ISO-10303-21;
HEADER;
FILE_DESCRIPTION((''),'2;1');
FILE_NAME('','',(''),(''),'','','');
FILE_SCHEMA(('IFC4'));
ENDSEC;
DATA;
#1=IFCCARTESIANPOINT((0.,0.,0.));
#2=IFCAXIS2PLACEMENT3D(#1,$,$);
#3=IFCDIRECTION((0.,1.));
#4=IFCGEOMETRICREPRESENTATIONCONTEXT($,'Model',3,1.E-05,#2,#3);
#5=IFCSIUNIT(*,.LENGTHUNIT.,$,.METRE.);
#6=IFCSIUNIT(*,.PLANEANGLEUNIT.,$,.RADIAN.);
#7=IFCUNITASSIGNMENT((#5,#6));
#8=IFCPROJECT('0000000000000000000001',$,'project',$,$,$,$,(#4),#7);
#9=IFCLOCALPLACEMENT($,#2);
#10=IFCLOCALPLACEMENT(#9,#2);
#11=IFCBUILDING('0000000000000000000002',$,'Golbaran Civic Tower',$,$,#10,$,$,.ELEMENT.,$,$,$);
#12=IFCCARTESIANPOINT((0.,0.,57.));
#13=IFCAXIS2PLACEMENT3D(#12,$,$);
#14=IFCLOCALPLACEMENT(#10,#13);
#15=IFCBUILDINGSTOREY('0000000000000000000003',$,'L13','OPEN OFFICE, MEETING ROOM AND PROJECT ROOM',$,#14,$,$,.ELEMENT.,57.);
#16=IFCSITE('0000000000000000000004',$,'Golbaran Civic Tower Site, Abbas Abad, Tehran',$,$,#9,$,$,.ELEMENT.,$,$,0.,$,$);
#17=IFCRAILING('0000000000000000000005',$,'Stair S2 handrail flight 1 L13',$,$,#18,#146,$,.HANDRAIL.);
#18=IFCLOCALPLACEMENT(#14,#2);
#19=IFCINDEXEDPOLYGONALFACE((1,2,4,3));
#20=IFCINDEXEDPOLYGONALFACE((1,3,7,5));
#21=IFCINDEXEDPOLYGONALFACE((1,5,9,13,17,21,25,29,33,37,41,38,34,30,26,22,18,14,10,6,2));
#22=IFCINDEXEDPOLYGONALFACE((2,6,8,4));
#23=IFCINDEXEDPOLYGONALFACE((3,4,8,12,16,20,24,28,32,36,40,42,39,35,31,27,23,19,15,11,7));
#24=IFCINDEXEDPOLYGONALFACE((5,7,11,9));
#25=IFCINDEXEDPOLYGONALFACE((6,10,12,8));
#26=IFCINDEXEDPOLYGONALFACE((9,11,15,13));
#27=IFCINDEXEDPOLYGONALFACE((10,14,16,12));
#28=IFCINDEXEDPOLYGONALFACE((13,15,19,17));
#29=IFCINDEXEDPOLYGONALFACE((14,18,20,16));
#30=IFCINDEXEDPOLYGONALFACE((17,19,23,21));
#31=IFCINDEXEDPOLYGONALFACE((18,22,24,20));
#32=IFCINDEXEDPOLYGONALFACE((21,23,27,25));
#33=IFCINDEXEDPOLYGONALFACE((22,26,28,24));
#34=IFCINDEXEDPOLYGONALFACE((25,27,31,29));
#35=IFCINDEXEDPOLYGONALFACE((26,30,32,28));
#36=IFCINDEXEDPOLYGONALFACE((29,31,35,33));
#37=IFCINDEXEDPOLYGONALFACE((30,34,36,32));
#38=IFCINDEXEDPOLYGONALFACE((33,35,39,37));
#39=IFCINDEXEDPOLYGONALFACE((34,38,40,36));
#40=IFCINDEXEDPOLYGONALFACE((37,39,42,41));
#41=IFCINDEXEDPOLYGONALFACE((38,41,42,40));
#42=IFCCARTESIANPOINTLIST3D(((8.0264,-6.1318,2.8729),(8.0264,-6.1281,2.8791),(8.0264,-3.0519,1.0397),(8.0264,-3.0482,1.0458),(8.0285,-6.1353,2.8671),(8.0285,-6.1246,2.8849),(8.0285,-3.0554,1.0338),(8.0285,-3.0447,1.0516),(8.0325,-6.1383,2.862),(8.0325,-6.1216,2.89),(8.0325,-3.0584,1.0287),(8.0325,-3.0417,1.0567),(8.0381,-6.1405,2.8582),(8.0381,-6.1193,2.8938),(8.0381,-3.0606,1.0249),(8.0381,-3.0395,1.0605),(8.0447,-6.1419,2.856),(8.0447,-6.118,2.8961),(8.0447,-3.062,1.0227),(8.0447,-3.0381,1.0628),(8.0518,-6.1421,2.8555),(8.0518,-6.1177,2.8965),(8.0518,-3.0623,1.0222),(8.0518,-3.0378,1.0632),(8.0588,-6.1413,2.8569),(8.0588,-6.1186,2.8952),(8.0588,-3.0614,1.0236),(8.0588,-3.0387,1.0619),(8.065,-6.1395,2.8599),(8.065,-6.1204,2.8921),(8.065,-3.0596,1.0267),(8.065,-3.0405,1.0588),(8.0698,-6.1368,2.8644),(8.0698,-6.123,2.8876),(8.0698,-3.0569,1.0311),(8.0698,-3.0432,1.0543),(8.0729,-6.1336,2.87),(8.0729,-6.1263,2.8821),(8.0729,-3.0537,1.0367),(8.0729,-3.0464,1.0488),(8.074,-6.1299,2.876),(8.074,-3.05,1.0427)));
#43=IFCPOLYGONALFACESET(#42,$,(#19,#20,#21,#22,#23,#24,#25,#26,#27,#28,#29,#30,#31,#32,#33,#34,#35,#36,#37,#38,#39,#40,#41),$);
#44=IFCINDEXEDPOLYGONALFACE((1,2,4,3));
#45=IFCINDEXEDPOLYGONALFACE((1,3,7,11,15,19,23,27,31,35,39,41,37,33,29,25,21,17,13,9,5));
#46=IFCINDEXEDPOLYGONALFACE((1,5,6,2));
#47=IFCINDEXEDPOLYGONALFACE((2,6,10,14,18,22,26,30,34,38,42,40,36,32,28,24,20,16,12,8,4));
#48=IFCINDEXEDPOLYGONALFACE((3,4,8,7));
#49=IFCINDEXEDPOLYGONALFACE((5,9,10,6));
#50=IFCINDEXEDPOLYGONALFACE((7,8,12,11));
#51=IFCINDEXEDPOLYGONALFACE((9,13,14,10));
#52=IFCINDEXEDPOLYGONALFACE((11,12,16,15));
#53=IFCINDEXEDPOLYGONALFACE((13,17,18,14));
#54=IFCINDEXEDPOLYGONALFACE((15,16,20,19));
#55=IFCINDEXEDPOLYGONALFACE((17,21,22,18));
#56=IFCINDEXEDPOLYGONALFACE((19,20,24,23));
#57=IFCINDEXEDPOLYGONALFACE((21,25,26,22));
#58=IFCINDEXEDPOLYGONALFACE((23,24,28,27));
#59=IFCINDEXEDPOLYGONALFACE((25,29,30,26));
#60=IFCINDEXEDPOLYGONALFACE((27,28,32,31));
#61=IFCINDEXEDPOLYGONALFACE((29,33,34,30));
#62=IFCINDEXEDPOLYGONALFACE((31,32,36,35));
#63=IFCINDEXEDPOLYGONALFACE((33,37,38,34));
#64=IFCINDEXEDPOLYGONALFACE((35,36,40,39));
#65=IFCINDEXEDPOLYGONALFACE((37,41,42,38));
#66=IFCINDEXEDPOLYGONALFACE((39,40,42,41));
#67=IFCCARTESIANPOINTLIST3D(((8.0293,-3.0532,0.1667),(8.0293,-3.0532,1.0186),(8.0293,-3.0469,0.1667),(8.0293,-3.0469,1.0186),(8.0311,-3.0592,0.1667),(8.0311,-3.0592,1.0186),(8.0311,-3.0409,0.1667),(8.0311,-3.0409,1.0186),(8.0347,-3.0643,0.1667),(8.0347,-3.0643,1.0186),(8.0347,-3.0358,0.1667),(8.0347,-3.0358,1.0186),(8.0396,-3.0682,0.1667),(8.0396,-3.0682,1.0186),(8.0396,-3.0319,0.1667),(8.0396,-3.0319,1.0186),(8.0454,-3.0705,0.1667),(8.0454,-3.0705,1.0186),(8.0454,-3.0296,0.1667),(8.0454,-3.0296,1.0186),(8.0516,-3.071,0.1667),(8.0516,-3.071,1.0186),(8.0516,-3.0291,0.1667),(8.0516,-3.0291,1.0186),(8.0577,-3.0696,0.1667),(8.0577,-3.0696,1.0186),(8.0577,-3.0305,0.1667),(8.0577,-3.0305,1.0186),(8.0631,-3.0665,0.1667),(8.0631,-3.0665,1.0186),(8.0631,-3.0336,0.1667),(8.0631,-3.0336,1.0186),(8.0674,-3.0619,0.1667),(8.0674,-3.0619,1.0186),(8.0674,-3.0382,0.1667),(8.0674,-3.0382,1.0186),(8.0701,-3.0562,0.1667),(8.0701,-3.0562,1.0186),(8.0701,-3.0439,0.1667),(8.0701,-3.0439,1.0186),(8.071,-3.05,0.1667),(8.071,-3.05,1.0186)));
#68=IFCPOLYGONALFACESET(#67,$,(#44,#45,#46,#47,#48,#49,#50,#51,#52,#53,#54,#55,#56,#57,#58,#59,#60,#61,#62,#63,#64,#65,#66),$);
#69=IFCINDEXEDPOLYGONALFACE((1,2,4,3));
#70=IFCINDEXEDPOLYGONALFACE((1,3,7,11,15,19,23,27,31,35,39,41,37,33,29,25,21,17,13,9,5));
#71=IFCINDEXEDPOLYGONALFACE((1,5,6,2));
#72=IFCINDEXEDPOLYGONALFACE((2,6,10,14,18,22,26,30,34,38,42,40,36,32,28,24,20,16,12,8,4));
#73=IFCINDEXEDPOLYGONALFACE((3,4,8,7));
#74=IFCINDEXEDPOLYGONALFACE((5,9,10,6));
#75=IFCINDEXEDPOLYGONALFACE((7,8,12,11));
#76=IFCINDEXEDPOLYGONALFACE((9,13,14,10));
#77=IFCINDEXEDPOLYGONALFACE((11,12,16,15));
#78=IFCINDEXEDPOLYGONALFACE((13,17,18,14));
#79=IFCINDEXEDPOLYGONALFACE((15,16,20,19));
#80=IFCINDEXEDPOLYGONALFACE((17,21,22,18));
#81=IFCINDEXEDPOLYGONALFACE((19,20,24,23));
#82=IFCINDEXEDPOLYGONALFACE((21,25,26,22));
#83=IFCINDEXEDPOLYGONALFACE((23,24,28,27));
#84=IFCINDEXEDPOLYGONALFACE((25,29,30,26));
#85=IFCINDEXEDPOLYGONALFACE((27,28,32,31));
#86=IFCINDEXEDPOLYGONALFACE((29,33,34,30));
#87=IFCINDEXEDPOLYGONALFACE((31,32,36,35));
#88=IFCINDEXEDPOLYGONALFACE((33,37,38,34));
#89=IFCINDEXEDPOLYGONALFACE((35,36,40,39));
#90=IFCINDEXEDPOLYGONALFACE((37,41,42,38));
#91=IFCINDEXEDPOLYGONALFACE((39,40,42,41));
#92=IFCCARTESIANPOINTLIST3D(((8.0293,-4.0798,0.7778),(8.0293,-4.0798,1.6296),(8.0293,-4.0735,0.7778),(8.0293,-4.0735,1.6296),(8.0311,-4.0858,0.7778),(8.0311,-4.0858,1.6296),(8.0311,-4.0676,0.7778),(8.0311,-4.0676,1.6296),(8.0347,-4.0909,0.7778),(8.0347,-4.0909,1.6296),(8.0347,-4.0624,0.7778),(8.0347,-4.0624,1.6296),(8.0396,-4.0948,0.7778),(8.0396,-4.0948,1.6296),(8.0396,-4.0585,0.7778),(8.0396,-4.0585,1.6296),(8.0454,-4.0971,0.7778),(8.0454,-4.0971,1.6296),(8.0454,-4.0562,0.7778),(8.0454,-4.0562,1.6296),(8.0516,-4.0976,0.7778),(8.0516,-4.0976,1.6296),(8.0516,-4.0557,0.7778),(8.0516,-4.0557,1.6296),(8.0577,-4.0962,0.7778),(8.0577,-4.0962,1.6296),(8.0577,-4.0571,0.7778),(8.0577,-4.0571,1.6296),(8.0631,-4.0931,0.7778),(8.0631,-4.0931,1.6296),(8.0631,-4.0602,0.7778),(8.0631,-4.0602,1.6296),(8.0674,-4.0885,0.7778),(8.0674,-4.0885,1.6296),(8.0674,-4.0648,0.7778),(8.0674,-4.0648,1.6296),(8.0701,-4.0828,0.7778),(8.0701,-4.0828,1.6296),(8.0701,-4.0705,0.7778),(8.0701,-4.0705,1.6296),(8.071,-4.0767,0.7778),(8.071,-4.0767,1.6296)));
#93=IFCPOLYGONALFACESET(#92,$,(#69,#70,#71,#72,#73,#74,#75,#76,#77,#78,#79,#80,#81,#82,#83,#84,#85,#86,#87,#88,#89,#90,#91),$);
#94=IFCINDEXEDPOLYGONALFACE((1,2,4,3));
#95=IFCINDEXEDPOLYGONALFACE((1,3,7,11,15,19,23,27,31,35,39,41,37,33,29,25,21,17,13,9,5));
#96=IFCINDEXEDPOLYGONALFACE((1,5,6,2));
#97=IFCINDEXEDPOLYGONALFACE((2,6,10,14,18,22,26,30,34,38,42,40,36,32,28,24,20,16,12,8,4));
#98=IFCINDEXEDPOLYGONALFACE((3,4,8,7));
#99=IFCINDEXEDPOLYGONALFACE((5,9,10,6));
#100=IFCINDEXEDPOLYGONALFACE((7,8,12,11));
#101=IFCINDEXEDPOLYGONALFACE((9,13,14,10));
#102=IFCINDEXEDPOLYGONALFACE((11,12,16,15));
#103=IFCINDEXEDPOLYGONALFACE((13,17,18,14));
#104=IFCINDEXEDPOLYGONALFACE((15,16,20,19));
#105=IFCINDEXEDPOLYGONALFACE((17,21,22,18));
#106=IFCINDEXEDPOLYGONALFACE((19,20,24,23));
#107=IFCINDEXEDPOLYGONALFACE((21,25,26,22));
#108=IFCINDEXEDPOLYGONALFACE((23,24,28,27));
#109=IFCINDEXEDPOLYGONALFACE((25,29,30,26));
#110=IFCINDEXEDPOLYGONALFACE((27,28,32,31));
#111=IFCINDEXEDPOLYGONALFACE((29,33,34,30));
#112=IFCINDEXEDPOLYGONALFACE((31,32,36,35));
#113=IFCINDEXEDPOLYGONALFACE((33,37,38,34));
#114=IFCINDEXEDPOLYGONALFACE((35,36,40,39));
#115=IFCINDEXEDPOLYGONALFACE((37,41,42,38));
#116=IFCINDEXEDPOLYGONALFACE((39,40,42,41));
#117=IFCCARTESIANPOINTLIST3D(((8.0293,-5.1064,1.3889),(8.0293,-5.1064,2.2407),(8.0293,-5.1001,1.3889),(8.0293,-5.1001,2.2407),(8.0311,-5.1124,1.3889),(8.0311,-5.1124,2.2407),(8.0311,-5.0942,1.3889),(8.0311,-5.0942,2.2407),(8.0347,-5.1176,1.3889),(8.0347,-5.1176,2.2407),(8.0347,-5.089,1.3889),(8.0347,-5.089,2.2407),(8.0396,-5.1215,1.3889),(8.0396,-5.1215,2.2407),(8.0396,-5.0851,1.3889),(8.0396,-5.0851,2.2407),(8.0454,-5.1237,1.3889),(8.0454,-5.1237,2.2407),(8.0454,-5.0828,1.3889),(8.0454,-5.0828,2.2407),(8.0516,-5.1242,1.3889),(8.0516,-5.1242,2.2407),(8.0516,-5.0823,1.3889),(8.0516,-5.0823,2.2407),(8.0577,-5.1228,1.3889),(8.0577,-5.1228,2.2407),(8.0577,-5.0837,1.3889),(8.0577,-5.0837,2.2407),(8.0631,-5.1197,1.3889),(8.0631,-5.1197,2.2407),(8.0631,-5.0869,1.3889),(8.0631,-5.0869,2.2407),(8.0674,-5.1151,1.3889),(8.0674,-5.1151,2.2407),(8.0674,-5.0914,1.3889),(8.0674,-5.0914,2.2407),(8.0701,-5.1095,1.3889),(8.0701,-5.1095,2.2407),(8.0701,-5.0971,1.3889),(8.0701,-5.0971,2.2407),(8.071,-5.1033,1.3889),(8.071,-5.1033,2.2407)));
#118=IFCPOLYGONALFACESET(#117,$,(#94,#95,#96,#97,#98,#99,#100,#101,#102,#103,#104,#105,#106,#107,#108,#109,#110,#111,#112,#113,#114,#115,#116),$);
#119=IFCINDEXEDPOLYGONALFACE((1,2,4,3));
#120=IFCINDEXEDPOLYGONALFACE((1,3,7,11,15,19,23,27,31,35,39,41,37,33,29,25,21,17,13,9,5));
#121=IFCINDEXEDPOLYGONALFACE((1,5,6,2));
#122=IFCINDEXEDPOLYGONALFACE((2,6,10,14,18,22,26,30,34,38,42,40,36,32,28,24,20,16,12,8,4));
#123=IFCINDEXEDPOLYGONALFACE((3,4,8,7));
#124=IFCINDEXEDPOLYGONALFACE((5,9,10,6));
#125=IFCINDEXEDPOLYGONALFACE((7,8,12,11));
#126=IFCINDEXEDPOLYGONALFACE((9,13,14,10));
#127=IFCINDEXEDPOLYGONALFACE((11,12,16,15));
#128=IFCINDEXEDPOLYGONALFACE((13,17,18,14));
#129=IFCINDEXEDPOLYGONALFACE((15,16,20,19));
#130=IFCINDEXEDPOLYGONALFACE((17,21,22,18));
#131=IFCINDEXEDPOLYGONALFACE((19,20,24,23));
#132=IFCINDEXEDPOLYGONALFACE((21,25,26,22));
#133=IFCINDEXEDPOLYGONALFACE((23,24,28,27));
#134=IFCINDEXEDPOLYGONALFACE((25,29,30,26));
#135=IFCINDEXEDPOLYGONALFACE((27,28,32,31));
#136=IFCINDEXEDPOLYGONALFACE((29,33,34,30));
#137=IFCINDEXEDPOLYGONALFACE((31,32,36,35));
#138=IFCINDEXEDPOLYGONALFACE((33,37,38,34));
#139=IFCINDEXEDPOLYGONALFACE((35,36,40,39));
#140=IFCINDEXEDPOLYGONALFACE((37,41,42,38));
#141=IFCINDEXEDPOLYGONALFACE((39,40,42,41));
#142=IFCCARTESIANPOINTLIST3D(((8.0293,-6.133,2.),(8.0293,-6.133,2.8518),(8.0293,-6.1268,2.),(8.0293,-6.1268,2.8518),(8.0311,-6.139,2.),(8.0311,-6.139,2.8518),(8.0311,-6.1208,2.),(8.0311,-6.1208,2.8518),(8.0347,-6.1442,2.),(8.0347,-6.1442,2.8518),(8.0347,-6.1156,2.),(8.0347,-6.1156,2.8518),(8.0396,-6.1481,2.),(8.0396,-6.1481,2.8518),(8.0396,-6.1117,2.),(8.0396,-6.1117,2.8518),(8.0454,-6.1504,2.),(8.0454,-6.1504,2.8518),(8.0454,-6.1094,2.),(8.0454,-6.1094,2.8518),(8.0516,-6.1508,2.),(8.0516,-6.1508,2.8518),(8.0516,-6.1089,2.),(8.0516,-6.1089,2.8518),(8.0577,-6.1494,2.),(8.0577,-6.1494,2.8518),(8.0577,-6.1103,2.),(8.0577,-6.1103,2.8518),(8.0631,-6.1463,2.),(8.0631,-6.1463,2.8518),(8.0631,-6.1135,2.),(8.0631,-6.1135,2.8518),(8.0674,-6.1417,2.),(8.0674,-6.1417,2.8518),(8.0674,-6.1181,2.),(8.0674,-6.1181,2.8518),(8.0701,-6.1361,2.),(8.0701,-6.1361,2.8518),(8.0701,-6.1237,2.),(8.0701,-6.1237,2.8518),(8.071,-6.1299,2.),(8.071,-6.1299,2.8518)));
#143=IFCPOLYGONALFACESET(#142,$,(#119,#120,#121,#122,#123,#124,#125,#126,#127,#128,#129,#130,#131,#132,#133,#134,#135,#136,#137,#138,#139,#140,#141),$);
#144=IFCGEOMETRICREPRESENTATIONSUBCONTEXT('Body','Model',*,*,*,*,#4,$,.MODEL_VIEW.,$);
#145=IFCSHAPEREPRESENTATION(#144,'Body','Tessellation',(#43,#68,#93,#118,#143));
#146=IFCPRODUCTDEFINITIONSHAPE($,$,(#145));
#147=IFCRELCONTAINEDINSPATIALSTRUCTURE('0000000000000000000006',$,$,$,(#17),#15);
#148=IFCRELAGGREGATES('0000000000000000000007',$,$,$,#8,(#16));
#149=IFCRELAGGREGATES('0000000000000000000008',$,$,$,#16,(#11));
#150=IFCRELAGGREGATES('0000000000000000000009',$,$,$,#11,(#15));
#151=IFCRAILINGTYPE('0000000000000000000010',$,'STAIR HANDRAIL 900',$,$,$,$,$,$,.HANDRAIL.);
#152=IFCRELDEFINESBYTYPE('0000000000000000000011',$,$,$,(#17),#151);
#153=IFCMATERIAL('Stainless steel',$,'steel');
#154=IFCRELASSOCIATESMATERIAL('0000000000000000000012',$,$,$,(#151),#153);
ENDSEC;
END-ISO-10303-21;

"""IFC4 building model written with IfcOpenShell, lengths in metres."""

from ifc_helpers import new_model, si_unit, direction, frame, origin, origin_2d, place, context, subcontext, project, spatial, circle, extrude, material, type_object, element, save


model = new_model("IFC4")

# Units and contexts
model_context = context("Model", 3, precision=1e-05, world=origin(), true_north=direction((0.0, 1.0)))
body_context = subcontext(model_context, "Body", "Model", "MODEL_VIEW")
ifc_project = project(units=[si_unit("LENGTHUNIT", "METRE"), si_unit("PLANEANGLEUNIT", "RADIAN")], contexts=[model_context])

# Site, building, storey
site_placement = place(None, origin())
site = spatial("IfcSite", under=ifc_project, at=site_placement, Name="Golbaran Civic Tower Site, Abbas Abad, Tehran", CompositionType="ELEMENT", RefElevation=0.0)
building_placement = place(site_placement, origin())
building = spatial("IfcBuilding", under=site, at=building_placement, Name="Golbaran Civic Tower", CompositionType="ELEMENT")
storey_placement = place(building_placement, frame((0.0, 0.0, 57.0)))
storey = spatial("IfcBuildingStorey", under=building, at=storey_placement, Name="L13", Description="OPEN OFFICE, MEETING ROOM AND PROJECT ROOM", CompositionType="ELEMENT", Elevation=57.0)

# Railing
ifc_material_1 = material(Name="Stainless steel", Category="steel")
railing_type = type_object("IfcRailingType", Name="STAIR HANDRAIL 900", PredefinedType="HANDRAIL", material=ifc_material_1)
railing_1_placement = place(storey_placement, frame((8.05, -3.05, 0.1667)))
element("IfcRailing", 1, at=railing_1_placement, inside=storey, type_object=railing_type, Name="Stair S2 handrail flight 1 L13", PredefinedType="HANDRAIL", context=body_context, shape_type="SweptSolid", body=[
    extrude(circle(Radius=0.0239, at=origin_2d()), frame((0.0, 0.0, 0.876), z_axis=(0.0, -0.859291, 0.511487), x_axis=(1.0, 0.0, 0.0)), (0.0, 0.0, 1.0), 3.5842),
    extrude(circle(Radius=0.021, at=origin_2d()), origin(), (0.0, 0.0, 1.0), 0.8518),
    extrude(circle(Radius=0.021, at=origin_2d()), frame((0.0, -1.0266, 0.6111)), (0.0, 0.0, 1.0), 0.8518),
    extrude(circle(Radius=0.021, at=origin_2d()), frame((0.0, -2.0532, 1.2222)), (0.0, 0.0, 1.0), 0.8518),
    extrude(circle(Radius=0.021, at=origin_2d()), frame((0.0, -3.0798, 1.8333)), (0.0, 0.0, 1.0), 0.8518),
])

save(model, "model.ifc")
